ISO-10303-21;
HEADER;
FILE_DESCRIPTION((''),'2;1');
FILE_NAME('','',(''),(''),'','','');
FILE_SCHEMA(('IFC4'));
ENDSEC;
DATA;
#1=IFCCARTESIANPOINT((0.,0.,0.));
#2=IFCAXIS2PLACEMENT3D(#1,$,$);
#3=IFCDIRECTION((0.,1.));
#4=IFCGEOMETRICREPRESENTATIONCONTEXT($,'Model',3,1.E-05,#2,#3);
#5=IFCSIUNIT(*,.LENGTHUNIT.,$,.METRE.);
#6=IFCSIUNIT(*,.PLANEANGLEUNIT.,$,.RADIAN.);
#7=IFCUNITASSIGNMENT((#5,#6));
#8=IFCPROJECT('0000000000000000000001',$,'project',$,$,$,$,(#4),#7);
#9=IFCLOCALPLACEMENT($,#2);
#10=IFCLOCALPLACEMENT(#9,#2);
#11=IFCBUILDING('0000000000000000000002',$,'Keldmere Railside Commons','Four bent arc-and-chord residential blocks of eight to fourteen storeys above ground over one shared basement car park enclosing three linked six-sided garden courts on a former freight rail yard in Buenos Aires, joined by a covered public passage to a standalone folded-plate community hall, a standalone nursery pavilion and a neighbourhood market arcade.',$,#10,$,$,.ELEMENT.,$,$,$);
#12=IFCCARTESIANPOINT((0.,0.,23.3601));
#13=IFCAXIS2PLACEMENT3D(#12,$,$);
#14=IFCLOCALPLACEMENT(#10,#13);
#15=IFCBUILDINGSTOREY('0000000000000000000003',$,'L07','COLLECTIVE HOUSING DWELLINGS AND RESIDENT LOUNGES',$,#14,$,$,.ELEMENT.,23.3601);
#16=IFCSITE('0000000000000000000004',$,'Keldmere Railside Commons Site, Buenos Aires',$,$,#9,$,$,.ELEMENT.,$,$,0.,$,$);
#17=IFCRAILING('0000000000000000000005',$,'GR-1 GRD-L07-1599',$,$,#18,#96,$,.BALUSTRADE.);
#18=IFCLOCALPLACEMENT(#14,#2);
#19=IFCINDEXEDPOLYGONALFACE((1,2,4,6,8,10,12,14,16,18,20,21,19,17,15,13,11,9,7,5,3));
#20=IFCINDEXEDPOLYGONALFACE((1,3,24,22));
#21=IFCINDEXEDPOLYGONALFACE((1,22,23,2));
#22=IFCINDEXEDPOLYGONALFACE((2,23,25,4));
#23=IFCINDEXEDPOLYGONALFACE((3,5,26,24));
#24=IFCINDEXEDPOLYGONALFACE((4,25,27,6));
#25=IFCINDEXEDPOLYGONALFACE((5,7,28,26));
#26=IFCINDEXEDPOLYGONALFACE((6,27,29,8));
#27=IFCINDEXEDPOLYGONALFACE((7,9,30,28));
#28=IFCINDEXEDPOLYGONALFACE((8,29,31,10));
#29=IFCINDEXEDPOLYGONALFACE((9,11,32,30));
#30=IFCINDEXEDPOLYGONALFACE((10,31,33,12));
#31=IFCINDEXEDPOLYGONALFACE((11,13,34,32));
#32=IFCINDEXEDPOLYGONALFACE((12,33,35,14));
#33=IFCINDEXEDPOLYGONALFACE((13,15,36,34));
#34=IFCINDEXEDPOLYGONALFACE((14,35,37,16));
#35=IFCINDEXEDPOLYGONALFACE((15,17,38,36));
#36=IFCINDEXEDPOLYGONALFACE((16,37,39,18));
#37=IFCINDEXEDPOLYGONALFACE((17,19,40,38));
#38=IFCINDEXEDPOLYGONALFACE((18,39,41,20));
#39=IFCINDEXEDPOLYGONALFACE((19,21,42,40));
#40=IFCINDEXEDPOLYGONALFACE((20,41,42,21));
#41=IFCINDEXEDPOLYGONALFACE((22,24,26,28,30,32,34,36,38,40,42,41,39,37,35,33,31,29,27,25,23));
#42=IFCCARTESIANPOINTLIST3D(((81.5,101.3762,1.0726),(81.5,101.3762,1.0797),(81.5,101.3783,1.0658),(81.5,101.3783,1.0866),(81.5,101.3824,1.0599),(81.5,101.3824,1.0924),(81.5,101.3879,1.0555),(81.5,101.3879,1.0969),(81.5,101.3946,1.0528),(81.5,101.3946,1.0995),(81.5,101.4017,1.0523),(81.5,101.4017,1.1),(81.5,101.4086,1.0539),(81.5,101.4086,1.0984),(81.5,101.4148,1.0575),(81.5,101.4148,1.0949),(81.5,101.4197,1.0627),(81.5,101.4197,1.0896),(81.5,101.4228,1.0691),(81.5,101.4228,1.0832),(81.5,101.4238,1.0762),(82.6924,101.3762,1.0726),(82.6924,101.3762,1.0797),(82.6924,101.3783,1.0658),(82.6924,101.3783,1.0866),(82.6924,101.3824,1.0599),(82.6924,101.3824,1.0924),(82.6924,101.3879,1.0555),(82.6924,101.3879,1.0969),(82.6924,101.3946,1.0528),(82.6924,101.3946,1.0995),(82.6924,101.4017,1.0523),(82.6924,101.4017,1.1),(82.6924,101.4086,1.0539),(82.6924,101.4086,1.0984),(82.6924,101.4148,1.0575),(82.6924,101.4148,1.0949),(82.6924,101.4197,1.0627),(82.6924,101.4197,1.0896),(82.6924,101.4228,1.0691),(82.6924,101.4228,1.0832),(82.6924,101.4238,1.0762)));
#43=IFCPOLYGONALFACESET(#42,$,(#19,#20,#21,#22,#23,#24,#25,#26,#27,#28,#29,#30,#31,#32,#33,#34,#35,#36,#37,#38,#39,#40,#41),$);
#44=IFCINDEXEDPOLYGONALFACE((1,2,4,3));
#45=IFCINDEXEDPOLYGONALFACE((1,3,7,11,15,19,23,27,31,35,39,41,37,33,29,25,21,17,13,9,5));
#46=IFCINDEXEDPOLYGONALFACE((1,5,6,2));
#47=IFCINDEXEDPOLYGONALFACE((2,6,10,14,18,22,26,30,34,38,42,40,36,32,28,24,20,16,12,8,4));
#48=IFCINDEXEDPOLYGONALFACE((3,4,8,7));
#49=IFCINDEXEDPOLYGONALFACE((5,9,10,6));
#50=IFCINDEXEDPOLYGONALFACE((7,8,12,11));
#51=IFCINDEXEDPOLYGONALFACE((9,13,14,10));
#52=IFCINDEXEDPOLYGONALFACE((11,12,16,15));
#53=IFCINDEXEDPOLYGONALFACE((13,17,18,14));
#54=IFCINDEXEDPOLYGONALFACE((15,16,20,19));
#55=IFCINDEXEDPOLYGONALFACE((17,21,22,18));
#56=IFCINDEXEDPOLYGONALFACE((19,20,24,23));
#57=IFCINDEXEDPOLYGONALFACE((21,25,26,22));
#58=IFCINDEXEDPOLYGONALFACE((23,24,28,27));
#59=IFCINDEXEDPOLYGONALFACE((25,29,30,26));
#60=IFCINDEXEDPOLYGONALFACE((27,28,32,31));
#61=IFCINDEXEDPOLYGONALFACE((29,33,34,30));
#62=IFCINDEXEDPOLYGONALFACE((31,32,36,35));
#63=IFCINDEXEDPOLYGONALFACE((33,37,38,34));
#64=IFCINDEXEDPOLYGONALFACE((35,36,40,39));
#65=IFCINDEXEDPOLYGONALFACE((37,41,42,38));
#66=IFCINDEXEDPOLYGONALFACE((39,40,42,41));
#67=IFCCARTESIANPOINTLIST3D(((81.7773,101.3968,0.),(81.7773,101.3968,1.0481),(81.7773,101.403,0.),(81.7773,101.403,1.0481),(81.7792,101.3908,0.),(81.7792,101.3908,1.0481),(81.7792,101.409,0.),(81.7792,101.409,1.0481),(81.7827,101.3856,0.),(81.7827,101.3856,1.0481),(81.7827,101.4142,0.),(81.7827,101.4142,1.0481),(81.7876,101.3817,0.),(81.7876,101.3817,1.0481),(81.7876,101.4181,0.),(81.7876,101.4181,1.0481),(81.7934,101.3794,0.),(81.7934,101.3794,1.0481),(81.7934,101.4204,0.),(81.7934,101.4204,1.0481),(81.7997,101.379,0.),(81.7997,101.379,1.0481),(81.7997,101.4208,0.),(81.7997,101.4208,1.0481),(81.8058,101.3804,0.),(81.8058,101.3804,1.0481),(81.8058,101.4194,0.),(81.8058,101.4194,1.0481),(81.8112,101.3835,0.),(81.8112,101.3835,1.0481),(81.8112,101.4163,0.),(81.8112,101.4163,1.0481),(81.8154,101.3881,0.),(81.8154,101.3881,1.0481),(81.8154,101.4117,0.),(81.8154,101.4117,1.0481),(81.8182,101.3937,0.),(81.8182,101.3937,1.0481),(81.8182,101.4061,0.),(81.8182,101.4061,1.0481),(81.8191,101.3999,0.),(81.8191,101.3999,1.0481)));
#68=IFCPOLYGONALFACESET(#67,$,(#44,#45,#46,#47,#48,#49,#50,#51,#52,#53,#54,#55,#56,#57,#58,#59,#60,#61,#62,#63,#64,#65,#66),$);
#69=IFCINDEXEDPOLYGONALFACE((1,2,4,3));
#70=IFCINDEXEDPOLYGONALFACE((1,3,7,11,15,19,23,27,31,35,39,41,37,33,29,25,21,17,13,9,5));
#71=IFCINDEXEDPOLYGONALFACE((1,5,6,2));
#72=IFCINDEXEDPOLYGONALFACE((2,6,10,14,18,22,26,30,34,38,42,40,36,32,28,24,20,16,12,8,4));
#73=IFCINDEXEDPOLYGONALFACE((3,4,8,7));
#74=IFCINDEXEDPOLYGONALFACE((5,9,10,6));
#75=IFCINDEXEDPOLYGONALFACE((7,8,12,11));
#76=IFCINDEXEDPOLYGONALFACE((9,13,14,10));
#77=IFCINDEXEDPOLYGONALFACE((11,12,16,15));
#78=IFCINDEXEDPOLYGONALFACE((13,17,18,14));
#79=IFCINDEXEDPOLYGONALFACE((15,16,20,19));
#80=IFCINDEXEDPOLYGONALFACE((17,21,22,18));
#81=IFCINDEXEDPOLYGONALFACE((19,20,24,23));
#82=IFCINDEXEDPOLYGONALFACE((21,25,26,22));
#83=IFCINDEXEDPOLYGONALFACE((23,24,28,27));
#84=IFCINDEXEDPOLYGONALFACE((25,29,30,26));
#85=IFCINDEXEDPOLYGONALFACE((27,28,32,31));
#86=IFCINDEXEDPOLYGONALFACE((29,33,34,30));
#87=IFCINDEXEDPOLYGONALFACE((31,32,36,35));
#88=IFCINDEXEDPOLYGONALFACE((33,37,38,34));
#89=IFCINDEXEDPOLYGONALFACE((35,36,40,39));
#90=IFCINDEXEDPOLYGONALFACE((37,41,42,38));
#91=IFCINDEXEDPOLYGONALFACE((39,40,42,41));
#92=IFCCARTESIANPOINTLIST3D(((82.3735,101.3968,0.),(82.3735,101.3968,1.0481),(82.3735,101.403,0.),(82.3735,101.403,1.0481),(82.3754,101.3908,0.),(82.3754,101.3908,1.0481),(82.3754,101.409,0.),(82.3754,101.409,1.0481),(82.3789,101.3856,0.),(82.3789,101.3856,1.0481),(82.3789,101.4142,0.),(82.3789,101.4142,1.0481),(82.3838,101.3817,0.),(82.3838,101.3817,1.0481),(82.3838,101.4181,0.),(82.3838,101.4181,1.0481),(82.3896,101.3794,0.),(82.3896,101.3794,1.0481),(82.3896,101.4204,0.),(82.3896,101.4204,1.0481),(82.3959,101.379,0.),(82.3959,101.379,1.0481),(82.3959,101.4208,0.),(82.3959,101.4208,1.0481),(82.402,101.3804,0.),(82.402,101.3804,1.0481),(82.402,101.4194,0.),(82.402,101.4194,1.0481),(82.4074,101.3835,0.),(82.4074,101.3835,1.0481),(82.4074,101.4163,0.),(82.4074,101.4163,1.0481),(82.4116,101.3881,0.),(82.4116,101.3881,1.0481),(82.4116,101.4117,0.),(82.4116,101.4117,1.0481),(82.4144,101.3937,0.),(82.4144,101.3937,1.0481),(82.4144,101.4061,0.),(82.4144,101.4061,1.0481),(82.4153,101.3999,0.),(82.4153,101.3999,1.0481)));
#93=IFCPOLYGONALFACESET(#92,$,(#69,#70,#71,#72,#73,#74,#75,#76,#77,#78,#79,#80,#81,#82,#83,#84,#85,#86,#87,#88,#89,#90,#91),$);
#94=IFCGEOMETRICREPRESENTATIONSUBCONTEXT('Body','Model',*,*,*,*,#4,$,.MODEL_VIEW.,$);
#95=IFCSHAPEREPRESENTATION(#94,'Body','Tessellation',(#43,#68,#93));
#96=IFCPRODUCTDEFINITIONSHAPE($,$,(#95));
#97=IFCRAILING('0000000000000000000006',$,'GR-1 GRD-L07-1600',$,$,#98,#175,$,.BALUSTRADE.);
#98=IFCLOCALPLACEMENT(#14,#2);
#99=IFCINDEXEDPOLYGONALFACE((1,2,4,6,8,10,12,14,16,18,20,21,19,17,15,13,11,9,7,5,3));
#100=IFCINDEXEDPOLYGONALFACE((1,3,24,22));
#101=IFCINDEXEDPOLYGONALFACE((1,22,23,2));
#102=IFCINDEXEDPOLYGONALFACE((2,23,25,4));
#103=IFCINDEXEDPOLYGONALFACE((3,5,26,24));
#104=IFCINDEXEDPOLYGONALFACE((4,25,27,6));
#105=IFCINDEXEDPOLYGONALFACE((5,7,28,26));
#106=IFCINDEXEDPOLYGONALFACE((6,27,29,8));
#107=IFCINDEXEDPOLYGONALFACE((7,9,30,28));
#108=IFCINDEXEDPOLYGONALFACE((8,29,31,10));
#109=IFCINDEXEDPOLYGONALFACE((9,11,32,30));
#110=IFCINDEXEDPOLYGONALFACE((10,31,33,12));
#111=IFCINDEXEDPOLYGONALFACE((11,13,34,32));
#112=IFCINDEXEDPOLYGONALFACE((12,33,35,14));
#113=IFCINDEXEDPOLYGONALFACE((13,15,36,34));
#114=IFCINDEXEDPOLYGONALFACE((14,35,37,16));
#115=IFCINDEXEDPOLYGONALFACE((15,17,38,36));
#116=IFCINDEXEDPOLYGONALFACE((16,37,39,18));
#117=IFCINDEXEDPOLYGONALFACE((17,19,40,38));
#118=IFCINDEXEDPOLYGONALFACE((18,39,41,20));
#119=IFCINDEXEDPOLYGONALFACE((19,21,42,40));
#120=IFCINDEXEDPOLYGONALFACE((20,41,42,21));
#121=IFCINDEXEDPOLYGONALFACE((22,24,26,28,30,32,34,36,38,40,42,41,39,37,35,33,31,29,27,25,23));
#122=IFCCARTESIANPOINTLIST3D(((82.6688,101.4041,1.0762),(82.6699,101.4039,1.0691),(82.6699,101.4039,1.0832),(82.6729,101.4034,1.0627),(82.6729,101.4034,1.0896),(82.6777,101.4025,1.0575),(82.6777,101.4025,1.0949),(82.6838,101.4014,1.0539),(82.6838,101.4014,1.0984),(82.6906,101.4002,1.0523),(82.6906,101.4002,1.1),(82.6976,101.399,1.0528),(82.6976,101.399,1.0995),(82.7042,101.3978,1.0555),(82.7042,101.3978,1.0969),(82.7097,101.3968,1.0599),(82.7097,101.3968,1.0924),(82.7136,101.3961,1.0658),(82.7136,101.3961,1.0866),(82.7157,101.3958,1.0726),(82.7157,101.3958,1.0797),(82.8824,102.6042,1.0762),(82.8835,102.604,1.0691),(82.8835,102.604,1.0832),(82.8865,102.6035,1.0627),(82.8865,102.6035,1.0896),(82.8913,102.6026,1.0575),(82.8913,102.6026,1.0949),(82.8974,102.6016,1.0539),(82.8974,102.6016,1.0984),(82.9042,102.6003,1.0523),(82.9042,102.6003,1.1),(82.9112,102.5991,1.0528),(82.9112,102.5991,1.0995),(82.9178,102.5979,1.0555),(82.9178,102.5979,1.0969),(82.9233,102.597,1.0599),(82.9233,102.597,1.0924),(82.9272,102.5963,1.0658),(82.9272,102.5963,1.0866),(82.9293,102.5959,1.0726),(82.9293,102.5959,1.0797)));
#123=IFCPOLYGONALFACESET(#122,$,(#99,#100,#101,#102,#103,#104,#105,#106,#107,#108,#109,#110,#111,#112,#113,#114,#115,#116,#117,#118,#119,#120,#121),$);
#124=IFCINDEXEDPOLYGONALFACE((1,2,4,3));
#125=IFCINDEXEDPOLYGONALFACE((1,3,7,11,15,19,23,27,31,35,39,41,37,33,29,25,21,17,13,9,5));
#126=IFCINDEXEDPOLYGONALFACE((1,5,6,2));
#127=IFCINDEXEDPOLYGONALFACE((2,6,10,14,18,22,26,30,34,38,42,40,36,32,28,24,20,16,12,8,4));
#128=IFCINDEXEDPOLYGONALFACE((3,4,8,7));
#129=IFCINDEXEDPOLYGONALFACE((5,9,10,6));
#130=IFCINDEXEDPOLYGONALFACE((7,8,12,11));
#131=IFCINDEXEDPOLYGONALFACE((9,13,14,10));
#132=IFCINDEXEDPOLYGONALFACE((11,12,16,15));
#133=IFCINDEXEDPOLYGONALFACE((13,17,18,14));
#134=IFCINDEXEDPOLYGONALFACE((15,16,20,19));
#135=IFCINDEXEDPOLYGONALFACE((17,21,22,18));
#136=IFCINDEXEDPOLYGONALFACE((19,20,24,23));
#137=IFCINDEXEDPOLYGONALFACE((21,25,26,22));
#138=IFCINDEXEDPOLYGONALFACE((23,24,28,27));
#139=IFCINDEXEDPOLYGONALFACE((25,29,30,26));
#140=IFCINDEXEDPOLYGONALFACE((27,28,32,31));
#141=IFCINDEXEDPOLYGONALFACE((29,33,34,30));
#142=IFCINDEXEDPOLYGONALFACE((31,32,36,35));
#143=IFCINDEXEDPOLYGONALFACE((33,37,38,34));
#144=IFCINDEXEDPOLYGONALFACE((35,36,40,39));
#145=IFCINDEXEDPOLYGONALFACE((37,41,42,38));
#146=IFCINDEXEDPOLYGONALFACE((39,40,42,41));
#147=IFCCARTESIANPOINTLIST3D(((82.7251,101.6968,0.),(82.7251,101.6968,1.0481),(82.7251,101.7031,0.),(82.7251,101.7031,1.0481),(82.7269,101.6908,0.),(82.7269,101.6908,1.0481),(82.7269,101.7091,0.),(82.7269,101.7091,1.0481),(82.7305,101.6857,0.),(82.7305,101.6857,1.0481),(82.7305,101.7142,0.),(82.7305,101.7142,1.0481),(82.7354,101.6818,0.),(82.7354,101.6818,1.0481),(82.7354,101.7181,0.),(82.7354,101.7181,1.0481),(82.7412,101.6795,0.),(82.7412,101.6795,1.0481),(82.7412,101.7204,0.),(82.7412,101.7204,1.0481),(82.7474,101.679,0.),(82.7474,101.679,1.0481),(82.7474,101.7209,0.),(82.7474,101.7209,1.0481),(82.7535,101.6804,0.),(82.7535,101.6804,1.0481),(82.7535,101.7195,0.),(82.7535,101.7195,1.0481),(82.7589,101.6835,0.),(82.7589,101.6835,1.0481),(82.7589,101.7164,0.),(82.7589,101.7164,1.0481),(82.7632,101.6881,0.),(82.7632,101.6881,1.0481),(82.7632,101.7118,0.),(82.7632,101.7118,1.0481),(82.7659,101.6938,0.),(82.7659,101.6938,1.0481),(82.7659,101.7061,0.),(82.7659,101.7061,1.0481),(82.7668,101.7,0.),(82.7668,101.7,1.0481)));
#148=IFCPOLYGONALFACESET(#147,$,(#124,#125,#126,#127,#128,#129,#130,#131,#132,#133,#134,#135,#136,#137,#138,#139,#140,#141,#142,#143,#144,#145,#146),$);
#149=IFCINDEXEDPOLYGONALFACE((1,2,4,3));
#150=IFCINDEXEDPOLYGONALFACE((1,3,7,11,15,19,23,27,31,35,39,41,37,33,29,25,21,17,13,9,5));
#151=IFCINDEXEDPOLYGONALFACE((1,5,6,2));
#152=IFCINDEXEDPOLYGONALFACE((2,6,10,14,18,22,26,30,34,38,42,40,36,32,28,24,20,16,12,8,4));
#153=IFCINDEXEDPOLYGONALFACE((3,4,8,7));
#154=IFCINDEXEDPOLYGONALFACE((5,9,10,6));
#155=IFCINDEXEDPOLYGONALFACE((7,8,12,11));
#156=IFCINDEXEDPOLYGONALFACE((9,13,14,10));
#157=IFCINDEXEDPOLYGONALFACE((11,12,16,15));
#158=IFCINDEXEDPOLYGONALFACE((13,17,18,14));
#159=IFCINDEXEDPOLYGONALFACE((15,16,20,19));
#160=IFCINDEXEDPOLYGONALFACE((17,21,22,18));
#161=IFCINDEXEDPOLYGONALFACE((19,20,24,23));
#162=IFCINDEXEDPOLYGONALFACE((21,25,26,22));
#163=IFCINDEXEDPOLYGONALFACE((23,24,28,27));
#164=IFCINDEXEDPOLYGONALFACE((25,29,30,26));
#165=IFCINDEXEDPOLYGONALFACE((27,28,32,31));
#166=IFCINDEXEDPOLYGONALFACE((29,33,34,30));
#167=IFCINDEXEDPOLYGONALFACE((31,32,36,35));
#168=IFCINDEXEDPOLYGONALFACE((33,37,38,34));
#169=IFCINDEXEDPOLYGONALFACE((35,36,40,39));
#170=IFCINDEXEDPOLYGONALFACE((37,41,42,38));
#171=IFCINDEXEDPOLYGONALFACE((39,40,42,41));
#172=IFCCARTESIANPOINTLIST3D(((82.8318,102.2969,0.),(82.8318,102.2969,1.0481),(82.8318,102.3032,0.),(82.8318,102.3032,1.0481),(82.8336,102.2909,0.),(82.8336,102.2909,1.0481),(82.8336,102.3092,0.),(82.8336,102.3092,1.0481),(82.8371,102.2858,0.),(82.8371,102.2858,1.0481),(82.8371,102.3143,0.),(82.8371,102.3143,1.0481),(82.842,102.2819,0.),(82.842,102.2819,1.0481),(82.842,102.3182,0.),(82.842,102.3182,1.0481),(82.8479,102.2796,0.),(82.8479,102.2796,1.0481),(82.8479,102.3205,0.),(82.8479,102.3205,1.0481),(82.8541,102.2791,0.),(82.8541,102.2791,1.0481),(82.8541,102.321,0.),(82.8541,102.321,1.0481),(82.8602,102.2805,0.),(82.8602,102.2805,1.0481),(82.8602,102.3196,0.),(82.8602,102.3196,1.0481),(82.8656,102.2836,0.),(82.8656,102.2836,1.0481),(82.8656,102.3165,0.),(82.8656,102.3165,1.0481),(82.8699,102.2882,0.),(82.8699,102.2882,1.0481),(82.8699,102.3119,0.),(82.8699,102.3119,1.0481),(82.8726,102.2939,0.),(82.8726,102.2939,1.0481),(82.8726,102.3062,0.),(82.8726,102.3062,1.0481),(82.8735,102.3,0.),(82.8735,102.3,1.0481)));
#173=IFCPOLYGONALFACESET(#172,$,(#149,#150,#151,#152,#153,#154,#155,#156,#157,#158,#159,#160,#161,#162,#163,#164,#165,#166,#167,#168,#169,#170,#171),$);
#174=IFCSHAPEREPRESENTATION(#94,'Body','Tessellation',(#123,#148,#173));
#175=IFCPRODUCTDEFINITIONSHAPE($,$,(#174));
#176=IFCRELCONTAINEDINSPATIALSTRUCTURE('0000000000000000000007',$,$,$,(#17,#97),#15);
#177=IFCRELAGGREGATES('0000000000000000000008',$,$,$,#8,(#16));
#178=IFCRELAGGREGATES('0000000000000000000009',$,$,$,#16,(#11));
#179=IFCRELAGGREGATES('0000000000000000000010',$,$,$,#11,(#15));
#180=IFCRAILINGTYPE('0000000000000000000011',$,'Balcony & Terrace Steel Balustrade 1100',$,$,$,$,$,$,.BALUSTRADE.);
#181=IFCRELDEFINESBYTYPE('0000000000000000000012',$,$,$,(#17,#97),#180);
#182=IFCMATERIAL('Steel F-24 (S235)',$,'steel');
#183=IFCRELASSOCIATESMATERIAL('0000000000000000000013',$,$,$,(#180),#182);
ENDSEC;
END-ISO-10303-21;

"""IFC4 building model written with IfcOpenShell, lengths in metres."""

from ifc_helpers import new_model, si_unit, direction, frame, origin, origin_2d, place, context, subcontext, project, spatial, circle, extrude, material, type_object, element, save


model = new_model("IFC4")

# Units and contexts
model_context = context("Model", 3, precision=1e-05, world=origin(), true_north=direction((0.0, 1.0)))
body_context = subcontext(model_context, "Body", "Model", "MODEL_VIEW")
ifc_project = project(units=[si_unit("LENGTHUNIT", "METRE"), si_unit("PLANEANGLEUNIT", "RADIAN")], contexts=[model_context])

# Site, building, storey
site_placement = place(None, origin())
site = spatial("IfcSite", under=ifc_project, at=site_placement, Name="Keldmere Railside Commons Site, Buenos Aires", CompositionType="ELEMENT", RefElevation=0.0)
building_placement = place(site_placement, origin())
building = spatial("IfcBuilding", under=site, at=building_placement, Name="Keldmere Railside Commons", Description="Four bent arc-and-chord residential blocks of eight to fourteen storeys above ground over one shared basement car park enclosing three linked six-sided garden courts on a former freight rail yard in Buenos Aires, joined by a covered public passage to a standalone folded-plate community hall, a standalone nursery pavilion and a neighbourhood market arcade.", CompositionType="ELEMENT")
storey_placement = place(building_placement, frame((0.0, 0.0, 23.3601)))
storey = spatial("IfcBuildingStorey", under=building, at=storey_placement, Name="L07", Description="COLLECTIVE HOUSING DWELLINGS AND RESIDENT LOUNGES", CompositionType="ELEMENT", Elevation=23.3601)

# Shared definitions
ifc_material_1 = material(Name="Steel F-24 (S235)", Category="steel")

# Railings
railing_type_1 = type_object("IfcRailingType", Name="Balcony & Terrace Steel Balustrade 1100", PredefinedType="BALUSTRADE", material=ifc_material_1)
railing_1_placement = place(storey_placement, frame((81.5, 101.3999, 0.0)))
element("IfcRailing", 1, at=railing_1_placement, inside=storey, type_object=railing_type_1, Name="GR-1 GRD-L07-1599", PredefinedType="BALUSTRADE", context=body_context, shape_type="SweptSolid", body=[
    extrude(circle(Radius=0.0239, at=origin_2d()), frame((0.0, 0.0, 1.0762), z_axis=(1.0, 0.0, 0.0), x_axis=(0.0, 1.0, 0.0)), (0.0, 0.0, 1.0), 1.1924),
    extrude(circle(Radius=0.021, at=origin_2d()), frame((0.2981, 0.0, 0.0)), (0.0, 0.0, 1.0), 1.0481),
    extrude(circle(Radius=0.021, at=origin_2d()), frame((0.8943, 0.0, 0.0)), (0.0, 0.0, 1.0), 1.0481),
])
railing_2_placement = place(storey_placement, frame((82.6924, 101.3999, 0.0)))
element("IfcRailing", 2, at=railing_2_placement, inside=storey, type_object=railing_type_1, Name="GR-1 GRD-L07-1600", PredefinedType="BALUSTRADE", context=body_context, shape_type="SweptSolid", body=[
    extrude(circle(Radius=0.0239, at=origin_2d()), frame((0.0, 0.0, 1.0762), z_axis=(0.175236, 0.984526, 0.0), x_axis=(-0.984526, 0.175236, 0.0)), (0.0, 0.0, 1.0), 1.219),
    extrude(circle(Radius=0.021, at=origin_2d()), frame((0.0535, 0.3, 0.0)), (0.0, 0.0, 1.0), 1.0481),
    extrude(circle(Radius=0.021, at=origin_2d()), frame((0.1602, 0.9001, 0.0)), (0.0, 0.0, 1.0), 1.0481),
])

save(model, "model.ifc")
